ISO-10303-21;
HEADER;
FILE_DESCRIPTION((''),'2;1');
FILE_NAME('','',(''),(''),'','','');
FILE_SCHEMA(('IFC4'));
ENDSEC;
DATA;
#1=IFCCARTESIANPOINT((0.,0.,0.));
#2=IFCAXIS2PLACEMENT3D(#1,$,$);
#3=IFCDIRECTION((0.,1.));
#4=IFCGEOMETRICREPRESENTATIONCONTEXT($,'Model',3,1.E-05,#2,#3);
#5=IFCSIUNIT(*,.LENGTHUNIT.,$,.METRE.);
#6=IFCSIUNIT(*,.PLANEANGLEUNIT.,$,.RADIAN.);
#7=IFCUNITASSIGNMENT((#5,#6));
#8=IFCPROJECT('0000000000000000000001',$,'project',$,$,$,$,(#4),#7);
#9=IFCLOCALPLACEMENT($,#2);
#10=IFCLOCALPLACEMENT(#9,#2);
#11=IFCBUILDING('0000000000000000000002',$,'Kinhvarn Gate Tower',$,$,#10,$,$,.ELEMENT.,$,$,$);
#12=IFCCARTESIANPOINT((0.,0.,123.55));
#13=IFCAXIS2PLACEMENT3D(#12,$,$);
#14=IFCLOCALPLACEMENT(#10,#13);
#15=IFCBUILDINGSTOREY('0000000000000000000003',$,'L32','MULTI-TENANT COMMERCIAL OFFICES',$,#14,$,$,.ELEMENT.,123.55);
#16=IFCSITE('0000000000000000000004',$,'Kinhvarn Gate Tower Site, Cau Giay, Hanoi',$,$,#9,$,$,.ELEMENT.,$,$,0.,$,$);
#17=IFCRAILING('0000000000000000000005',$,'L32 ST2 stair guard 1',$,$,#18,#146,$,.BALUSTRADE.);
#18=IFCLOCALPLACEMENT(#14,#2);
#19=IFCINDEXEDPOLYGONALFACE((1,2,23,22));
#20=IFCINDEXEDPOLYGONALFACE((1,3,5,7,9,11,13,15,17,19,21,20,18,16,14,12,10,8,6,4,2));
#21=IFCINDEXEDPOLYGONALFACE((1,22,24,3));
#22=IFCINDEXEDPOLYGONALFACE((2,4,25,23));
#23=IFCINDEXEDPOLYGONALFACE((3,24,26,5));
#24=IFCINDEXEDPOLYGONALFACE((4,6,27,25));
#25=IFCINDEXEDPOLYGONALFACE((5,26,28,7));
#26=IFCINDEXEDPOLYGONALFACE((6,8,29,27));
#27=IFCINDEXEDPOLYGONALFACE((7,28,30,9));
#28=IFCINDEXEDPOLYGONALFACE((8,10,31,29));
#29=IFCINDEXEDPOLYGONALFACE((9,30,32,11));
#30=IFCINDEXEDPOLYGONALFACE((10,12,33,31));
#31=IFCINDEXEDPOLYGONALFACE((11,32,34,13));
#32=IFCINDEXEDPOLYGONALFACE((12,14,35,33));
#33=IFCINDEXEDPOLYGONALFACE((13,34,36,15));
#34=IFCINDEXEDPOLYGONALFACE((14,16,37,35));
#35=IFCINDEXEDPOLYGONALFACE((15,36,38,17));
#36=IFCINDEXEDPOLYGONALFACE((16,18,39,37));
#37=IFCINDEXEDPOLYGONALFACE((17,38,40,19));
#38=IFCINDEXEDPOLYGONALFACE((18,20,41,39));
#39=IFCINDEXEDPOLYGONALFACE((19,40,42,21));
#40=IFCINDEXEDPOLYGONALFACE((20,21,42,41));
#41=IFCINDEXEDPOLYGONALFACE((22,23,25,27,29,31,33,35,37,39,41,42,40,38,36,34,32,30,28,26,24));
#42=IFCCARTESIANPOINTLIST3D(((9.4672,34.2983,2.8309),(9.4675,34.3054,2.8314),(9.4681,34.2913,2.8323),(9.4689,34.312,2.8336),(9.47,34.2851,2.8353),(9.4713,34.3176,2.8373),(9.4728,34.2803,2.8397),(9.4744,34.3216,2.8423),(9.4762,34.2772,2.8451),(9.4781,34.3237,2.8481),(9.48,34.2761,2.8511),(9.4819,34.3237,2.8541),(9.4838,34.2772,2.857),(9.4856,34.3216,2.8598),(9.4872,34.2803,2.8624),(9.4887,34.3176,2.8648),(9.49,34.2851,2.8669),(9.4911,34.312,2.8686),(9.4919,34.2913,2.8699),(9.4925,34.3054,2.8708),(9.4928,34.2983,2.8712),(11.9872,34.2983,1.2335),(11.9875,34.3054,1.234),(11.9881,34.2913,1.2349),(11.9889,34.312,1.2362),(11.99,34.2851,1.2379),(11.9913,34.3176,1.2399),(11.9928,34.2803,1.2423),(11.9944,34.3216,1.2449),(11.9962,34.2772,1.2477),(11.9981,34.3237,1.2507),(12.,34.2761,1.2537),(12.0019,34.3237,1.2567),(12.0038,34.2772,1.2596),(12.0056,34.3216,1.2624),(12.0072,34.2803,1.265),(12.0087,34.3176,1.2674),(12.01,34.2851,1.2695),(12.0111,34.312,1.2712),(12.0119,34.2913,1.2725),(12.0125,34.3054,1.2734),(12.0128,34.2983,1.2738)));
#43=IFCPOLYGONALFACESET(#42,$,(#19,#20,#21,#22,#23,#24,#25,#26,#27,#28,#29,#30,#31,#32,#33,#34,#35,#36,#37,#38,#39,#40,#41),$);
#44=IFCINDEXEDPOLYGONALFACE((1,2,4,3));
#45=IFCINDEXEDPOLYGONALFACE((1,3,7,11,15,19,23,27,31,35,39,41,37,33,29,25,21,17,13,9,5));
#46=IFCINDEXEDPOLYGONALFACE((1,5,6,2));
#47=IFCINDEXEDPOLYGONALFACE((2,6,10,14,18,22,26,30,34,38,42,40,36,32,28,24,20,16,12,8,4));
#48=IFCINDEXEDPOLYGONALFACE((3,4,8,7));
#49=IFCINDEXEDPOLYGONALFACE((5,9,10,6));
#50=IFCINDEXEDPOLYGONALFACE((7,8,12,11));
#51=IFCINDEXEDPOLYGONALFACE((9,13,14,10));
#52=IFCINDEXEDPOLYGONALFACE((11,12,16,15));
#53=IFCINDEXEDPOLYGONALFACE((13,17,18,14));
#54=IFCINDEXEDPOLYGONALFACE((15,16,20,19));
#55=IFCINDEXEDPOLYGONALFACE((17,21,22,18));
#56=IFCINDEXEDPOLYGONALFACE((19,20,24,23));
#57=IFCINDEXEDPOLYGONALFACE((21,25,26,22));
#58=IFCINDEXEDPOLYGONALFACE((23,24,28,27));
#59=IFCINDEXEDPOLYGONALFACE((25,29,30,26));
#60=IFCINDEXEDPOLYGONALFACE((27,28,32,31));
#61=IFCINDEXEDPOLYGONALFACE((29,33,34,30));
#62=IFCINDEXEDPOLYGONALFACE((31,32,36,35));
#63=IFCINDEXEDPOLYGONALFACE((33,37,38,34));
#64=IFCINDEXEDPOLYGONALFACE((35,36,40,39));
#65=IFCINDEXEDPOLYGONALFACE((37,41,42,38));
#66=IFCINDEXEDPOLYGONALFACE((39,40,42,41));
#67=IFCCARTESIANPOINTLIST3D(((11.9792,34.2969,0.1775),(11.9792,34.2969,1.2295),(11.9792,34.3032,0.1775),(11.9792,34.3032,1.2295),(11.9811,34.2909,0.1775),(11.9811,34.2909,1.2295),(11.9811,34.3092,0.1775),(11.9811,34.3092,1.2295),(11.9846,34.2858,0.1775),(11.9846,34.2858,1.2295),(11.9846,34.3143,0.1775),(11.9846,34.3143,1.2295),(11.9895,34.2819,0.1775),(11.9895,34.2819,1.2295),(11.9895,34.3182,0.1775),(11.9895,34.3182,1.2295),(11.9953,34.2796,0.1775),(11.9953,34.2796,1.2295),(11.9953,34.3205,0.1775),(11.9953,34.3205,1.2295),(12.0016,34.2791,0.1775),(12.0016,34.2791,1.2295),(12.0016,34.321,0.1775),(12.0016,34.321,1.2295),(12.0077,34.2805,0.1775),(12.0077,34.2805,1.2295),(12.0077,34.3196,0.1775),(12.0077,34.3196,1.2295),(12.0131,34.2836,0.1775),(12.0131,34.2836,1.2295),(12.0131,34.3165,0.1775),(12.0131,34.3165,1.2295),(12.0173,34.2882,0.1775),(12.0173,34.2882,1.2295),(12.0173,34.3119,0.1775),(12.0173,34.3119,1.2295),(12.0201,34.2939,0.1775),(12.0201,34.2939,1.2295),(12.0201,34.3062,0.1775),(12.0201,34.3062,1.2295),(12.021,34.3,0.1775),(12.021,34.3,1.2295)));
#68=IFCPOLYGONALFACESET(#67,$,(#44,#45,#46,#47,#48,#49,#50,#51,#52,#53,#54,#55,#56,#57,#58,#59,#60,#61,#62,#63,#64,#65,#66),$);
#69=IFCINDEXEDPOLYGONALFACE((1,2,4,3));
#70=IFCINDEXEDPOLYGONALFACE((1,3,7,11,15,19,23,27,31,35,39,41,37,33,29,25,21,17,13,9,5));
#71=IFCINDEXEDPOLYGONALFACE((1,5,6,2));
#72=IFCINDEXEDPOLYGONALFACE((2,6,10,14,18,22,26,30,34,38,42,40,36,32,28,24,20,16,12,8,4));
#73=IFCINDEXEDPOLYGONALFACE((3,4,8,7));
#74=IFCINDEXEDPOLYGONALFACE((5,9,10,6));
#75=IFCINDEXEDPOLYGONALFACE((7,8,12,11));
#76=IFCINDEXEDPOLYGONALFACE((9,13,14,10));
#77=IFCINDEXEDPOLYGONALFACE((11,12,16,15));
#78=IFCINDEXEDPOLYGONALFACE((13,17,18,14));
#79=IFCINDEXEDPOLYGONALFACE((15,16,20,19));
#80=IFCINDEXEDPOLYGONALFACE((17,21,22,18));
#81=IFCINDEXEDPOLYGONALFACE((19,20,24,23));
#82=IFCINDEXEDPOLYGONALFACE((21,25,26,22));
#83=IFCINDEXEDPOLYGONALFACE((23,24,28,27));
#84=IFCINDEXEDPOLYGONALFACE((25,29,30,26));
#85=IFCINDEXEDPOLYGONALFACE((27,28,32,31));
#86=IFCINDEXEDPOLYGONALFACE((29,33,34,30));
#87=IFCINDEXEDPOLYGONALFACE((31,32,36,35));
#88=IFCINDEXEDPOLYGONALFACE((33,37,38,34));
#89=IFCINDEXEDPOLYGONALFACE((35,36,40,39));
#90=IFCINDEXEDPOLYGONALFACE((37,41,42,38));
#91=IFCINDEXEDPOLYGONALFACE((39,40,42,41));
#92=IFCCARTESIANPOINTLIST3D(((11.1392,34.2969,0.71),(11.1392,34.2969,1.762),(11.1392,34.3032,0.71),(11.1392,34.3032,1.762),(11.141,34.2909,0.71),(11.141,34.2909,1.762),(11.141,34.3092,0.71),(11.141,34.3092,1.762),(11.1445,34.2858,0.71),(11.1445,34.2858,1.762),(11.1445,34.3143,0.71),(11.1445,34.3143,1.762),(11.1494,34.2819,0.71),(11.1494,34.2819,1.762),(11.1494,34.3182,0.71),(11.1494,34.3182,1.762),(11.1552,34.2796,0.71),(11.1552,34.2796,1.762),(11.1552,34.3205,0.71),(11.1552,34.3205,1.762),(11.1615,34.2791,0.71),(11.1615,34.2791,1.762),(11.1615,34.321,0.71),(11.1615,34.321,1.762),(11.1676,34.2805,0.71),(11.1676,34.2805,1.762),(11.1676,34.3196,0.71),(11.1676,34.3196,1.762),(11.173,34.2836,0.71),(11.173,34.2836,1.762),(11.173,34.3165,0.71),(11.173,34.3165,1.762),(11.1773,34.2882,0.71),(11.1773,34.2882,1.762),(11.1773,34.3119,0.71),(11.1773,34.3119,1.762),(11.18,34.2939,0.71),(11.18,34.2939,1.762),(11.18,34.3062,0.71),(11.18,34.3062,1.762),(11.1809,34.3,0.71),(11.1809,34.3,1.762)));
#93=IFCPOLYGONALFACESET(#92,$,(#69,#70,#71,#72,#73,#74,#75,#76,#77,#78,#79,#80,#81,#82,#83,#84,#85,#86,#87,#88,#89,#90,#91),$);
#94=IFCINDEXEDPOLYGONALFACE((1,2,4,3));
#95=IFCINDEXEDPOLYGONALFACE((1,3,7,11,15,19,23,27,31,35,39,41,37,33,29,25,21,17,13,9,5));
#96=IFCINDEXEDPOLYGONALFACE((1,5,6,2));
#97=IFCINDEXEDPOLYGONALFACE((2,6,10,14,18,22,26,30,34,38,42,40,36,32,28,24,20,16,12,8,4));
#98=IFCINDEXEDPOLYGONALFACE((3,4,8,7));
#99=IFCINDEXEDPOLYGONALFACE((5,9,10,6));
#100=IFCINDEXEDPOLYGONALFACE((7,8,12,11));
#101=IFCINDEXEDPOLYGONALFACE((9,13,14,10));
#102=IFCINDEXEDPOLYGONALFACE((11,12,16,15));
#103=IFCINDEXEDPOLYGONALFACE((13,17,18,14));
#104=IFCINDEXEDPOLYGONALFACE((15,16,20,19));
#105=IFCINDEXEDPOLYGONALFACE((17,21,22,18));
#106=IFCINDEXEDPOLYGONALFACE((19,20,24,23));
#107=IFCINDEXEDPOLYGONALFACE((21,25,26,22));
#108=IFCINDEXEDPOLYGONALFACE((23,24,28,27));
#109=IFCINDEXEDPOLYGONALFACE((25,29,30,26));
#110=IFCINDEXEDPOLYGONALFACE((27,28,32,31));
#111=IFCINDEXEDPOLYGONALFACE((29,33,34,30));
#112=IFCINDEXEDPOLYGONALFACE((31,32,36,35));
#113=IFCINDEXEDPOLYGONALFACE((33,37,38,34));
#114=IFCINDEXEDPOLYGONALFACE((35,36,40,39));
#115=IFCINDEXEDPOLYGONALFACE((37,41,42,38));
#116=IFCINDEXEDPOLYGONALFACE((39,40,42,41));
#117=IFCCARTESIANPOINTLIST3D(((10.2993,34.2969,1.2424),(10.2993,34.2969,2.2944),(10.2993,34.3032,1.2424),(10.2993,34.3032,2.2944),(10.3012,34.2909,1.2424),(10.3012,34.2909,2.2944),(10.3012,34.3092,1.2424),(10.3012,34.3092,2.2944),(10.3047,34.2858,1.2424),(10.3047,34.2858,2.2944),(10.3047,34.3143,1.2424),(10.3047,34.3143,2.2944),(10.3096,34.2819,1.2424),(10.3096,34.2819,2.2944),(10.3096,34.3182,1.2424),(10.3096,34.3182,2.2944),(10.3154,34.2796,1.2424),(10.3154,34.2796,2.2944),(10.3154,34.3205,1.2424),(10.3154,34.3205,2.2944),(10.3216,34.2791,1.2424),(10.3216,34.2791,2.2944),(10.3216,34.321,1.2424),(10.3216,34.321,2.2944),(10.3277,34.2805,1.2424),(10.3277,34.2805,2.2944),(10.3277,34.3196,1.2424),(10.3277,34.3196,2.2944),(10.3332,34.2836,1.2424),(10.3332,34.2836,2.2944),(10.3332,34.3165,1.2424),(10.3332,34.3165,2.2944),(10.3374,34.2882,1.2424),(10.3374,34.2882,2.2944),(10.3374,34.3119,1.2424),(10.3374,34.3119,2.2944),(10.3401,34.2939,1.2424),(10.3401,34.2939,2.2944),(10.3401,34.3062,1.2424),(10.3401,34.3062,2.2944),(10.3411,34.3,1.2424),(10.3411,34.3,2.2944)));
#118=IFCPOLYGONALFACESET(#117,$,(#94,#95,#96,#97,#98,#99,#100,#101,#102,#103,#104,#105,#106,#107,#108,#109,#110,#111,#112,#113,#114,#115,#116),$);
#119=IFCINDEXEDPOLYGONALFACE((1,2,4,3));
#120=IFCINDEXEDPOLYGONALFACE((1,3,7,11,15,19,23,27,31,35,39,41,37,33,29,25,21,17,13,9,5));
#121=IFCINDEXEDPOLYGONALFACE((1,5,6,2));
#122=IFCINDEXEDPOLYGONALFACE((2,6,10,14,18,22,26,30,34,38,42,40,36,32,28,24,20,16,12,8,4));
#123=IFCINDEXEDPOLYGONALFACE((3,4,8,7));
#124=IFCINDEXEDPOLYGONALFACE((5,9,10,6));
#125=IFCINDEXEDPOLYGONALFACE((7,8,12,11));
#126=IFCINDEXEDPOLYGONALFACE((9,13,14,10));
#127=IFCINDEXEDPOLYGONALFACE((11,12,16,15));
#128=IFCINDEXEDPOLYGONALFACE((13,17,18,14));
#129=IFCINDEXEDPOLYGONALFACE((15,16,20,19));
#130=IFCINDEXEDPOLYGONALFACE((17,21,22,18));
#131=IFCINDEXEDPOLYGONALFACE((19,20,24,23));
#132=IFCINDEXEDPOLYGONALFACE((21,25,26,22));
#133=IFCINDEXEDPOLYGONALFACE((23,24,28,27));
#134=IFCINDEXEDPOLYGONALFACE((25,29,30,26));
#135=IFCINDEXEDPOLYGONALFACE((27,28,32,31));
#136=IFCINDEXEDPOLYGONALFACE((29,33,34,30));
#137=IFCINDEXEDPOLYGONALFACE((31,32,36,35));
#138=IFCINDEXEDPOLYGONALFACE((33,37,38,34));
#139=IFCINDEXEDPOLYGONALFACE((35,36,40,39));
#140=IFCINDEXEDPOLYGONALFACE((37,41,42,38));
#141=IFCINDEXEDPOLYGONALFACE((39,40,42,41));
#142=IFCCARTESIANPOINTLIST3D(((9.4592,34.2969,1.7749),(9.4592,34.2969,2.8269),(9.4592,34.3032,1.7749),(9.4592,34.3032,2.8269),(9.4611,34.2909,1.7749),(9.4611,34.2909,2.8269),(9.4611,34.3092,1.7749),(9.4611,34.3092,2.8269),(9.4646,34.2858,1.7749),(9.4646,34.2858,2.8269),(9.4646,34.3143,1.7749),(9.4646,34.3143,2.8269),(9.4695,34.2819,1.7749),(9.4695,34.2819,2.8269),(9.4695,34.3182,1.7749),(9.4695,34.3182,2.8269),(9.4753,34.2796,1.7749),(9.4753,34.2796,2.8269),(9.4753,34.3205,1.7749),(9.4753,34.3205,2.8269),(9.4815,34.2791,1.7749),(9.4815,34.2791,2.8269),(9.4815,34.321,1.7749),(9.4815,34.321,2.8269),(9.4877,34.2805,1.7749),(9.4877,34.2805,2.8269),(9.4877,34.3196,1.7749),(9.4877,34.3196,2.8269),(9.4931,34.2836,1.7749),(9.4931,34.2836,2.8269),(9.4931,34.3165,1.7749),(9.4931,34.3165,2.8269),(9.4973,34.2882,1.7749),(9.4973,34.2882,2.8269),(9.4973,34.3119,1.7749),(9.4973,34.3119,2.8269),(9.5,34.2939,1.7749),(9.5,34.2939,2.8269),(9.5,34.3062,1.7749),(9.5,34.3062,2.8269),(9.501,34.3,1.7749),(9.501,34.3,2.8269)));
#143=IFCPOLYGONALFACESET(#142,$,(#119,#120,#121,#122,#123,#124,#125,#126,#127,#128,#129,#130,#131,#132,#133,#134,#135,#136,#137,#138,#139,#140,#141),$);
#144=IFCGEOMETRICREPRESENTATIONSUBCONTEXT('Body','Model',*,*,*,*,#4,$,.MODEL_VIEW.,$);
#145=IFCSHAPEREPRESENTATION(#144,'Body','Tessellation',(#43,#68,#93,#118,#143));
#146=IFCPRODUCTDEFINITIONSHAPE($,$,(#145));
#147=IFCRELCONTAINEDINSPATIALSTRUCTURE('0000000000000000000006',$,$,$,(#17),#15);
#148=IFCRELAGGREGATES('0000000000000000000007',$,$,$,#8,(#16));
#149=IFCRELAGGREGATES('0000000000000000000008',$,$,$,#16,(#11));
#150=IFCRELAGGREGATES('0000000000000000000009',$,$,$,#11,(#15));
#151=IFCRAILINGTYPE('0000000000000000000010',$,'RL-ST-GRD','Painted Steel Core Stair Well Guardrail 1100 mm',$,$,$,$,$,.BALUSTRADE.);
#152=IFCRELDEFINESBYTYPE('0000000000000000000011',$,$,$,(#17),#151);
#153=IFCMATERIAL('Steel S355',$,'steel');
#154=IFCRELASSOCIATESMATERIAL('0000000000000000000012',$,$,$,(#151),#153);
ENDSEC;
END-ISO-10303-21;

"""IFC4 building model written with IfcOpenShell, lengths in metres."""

from ifc_helpers import new_model, si_unit, direction, frame, origin, origin_2d, place, context, subcontext, project, spatial, circle, extrude, material, type_object, element, save


model = new_model("IFC4")

# Units and contexts
model_context = context("Model", 3, precision=1e-05, world=origin(), true_north=direction((0.0, 1.0)))
body_context = subcontext(model_context, "Body", "Model", "MODEL_VIEW")
ifc_project = project(units=[si_unit("LENGTHUNIT", "METRE"), si_unit("PLANEANGLEUNIT", "RADIAN")], contexts=[model_context])

# Site, building, storey
site_placement = place(None, origin())
site = spatial("IfcSite", under=ifc_project, at=site_placement, Name="Kinhvarn Gate Tower Site, Cau Giay, Hanoi", CompositionType="ELEMENT", RefElevation=0.0)
building_placement = place(site_placement, origin())
building = spatial("IfcBuilding", under=site, at=building_placement, Name="Kinhvarn Gate Tower", CompositionType="ELEMENT")
storey_placement = place(building_placement, frame((0.0, 0.0, 123.55)))
storey = spatial("IfcBuildingStorey", under=building, at=storey_placement, Name="L32", Description="MULTI-TENANT COMMERCIAL OFFICES", CompositionType="ELEMENT", Elevation=123.55)

# Shared definitions
ifc_material_1 = material(Name="Steel S355", Category="steel")

# Railing
railing_type_1 = type_object("IfcRailingType", Name="RL-ST-GRD", Description="Painted Steel Core Stair Well Guardrail 1100 mm", PredefinedType="BALUSTRADE", material=ifc_material_1)
railing_1_placement = place(storey_placement, frame((12.0, 34.3, 0.1775)))
element("IfcRailing", 1, at=railing_1_placement, inside=storey, type_object=railing_type_1, Name="L32 ST2 stair guard 1", PredefinedType="BALUSTRADE", context=body_context, shape_type="SweptSolid", body=[
    extrude(circle(Radius=0.0239, at=origin_2d()), frame((0.0, 0.0, 1.0762), z_axis=(-0.844607, 0.0, 0.535387), x_axis=(0.0, -1.0, 0.0)), (0.0, 0.0, 1.0), 2.9836),
    extrude(circle(Radius=0.021, at=origin_2d()), origin(), (0.0, 0.0, 1.0), 1.052),
    extrude(circle(Radius=0.021, at=origin_2d()), frame((-0.8401, 0.0, 0.5325)), (0.0, 0.0, 1.0), 1.052),
    extrude(circle(Radius=0.021, at=origin_2d()), frame((-1.6799, 0.0, 1.0649)), (0.0, 0.0, 1.0), 1.052),
    extrude(circle(Radius=0.021, at=origin_2d()), frame((-2.52, 0.0, 1.5974)), (0.0, 0.0, 1.0), 1.052),
])

save(model, "model.ifc")
